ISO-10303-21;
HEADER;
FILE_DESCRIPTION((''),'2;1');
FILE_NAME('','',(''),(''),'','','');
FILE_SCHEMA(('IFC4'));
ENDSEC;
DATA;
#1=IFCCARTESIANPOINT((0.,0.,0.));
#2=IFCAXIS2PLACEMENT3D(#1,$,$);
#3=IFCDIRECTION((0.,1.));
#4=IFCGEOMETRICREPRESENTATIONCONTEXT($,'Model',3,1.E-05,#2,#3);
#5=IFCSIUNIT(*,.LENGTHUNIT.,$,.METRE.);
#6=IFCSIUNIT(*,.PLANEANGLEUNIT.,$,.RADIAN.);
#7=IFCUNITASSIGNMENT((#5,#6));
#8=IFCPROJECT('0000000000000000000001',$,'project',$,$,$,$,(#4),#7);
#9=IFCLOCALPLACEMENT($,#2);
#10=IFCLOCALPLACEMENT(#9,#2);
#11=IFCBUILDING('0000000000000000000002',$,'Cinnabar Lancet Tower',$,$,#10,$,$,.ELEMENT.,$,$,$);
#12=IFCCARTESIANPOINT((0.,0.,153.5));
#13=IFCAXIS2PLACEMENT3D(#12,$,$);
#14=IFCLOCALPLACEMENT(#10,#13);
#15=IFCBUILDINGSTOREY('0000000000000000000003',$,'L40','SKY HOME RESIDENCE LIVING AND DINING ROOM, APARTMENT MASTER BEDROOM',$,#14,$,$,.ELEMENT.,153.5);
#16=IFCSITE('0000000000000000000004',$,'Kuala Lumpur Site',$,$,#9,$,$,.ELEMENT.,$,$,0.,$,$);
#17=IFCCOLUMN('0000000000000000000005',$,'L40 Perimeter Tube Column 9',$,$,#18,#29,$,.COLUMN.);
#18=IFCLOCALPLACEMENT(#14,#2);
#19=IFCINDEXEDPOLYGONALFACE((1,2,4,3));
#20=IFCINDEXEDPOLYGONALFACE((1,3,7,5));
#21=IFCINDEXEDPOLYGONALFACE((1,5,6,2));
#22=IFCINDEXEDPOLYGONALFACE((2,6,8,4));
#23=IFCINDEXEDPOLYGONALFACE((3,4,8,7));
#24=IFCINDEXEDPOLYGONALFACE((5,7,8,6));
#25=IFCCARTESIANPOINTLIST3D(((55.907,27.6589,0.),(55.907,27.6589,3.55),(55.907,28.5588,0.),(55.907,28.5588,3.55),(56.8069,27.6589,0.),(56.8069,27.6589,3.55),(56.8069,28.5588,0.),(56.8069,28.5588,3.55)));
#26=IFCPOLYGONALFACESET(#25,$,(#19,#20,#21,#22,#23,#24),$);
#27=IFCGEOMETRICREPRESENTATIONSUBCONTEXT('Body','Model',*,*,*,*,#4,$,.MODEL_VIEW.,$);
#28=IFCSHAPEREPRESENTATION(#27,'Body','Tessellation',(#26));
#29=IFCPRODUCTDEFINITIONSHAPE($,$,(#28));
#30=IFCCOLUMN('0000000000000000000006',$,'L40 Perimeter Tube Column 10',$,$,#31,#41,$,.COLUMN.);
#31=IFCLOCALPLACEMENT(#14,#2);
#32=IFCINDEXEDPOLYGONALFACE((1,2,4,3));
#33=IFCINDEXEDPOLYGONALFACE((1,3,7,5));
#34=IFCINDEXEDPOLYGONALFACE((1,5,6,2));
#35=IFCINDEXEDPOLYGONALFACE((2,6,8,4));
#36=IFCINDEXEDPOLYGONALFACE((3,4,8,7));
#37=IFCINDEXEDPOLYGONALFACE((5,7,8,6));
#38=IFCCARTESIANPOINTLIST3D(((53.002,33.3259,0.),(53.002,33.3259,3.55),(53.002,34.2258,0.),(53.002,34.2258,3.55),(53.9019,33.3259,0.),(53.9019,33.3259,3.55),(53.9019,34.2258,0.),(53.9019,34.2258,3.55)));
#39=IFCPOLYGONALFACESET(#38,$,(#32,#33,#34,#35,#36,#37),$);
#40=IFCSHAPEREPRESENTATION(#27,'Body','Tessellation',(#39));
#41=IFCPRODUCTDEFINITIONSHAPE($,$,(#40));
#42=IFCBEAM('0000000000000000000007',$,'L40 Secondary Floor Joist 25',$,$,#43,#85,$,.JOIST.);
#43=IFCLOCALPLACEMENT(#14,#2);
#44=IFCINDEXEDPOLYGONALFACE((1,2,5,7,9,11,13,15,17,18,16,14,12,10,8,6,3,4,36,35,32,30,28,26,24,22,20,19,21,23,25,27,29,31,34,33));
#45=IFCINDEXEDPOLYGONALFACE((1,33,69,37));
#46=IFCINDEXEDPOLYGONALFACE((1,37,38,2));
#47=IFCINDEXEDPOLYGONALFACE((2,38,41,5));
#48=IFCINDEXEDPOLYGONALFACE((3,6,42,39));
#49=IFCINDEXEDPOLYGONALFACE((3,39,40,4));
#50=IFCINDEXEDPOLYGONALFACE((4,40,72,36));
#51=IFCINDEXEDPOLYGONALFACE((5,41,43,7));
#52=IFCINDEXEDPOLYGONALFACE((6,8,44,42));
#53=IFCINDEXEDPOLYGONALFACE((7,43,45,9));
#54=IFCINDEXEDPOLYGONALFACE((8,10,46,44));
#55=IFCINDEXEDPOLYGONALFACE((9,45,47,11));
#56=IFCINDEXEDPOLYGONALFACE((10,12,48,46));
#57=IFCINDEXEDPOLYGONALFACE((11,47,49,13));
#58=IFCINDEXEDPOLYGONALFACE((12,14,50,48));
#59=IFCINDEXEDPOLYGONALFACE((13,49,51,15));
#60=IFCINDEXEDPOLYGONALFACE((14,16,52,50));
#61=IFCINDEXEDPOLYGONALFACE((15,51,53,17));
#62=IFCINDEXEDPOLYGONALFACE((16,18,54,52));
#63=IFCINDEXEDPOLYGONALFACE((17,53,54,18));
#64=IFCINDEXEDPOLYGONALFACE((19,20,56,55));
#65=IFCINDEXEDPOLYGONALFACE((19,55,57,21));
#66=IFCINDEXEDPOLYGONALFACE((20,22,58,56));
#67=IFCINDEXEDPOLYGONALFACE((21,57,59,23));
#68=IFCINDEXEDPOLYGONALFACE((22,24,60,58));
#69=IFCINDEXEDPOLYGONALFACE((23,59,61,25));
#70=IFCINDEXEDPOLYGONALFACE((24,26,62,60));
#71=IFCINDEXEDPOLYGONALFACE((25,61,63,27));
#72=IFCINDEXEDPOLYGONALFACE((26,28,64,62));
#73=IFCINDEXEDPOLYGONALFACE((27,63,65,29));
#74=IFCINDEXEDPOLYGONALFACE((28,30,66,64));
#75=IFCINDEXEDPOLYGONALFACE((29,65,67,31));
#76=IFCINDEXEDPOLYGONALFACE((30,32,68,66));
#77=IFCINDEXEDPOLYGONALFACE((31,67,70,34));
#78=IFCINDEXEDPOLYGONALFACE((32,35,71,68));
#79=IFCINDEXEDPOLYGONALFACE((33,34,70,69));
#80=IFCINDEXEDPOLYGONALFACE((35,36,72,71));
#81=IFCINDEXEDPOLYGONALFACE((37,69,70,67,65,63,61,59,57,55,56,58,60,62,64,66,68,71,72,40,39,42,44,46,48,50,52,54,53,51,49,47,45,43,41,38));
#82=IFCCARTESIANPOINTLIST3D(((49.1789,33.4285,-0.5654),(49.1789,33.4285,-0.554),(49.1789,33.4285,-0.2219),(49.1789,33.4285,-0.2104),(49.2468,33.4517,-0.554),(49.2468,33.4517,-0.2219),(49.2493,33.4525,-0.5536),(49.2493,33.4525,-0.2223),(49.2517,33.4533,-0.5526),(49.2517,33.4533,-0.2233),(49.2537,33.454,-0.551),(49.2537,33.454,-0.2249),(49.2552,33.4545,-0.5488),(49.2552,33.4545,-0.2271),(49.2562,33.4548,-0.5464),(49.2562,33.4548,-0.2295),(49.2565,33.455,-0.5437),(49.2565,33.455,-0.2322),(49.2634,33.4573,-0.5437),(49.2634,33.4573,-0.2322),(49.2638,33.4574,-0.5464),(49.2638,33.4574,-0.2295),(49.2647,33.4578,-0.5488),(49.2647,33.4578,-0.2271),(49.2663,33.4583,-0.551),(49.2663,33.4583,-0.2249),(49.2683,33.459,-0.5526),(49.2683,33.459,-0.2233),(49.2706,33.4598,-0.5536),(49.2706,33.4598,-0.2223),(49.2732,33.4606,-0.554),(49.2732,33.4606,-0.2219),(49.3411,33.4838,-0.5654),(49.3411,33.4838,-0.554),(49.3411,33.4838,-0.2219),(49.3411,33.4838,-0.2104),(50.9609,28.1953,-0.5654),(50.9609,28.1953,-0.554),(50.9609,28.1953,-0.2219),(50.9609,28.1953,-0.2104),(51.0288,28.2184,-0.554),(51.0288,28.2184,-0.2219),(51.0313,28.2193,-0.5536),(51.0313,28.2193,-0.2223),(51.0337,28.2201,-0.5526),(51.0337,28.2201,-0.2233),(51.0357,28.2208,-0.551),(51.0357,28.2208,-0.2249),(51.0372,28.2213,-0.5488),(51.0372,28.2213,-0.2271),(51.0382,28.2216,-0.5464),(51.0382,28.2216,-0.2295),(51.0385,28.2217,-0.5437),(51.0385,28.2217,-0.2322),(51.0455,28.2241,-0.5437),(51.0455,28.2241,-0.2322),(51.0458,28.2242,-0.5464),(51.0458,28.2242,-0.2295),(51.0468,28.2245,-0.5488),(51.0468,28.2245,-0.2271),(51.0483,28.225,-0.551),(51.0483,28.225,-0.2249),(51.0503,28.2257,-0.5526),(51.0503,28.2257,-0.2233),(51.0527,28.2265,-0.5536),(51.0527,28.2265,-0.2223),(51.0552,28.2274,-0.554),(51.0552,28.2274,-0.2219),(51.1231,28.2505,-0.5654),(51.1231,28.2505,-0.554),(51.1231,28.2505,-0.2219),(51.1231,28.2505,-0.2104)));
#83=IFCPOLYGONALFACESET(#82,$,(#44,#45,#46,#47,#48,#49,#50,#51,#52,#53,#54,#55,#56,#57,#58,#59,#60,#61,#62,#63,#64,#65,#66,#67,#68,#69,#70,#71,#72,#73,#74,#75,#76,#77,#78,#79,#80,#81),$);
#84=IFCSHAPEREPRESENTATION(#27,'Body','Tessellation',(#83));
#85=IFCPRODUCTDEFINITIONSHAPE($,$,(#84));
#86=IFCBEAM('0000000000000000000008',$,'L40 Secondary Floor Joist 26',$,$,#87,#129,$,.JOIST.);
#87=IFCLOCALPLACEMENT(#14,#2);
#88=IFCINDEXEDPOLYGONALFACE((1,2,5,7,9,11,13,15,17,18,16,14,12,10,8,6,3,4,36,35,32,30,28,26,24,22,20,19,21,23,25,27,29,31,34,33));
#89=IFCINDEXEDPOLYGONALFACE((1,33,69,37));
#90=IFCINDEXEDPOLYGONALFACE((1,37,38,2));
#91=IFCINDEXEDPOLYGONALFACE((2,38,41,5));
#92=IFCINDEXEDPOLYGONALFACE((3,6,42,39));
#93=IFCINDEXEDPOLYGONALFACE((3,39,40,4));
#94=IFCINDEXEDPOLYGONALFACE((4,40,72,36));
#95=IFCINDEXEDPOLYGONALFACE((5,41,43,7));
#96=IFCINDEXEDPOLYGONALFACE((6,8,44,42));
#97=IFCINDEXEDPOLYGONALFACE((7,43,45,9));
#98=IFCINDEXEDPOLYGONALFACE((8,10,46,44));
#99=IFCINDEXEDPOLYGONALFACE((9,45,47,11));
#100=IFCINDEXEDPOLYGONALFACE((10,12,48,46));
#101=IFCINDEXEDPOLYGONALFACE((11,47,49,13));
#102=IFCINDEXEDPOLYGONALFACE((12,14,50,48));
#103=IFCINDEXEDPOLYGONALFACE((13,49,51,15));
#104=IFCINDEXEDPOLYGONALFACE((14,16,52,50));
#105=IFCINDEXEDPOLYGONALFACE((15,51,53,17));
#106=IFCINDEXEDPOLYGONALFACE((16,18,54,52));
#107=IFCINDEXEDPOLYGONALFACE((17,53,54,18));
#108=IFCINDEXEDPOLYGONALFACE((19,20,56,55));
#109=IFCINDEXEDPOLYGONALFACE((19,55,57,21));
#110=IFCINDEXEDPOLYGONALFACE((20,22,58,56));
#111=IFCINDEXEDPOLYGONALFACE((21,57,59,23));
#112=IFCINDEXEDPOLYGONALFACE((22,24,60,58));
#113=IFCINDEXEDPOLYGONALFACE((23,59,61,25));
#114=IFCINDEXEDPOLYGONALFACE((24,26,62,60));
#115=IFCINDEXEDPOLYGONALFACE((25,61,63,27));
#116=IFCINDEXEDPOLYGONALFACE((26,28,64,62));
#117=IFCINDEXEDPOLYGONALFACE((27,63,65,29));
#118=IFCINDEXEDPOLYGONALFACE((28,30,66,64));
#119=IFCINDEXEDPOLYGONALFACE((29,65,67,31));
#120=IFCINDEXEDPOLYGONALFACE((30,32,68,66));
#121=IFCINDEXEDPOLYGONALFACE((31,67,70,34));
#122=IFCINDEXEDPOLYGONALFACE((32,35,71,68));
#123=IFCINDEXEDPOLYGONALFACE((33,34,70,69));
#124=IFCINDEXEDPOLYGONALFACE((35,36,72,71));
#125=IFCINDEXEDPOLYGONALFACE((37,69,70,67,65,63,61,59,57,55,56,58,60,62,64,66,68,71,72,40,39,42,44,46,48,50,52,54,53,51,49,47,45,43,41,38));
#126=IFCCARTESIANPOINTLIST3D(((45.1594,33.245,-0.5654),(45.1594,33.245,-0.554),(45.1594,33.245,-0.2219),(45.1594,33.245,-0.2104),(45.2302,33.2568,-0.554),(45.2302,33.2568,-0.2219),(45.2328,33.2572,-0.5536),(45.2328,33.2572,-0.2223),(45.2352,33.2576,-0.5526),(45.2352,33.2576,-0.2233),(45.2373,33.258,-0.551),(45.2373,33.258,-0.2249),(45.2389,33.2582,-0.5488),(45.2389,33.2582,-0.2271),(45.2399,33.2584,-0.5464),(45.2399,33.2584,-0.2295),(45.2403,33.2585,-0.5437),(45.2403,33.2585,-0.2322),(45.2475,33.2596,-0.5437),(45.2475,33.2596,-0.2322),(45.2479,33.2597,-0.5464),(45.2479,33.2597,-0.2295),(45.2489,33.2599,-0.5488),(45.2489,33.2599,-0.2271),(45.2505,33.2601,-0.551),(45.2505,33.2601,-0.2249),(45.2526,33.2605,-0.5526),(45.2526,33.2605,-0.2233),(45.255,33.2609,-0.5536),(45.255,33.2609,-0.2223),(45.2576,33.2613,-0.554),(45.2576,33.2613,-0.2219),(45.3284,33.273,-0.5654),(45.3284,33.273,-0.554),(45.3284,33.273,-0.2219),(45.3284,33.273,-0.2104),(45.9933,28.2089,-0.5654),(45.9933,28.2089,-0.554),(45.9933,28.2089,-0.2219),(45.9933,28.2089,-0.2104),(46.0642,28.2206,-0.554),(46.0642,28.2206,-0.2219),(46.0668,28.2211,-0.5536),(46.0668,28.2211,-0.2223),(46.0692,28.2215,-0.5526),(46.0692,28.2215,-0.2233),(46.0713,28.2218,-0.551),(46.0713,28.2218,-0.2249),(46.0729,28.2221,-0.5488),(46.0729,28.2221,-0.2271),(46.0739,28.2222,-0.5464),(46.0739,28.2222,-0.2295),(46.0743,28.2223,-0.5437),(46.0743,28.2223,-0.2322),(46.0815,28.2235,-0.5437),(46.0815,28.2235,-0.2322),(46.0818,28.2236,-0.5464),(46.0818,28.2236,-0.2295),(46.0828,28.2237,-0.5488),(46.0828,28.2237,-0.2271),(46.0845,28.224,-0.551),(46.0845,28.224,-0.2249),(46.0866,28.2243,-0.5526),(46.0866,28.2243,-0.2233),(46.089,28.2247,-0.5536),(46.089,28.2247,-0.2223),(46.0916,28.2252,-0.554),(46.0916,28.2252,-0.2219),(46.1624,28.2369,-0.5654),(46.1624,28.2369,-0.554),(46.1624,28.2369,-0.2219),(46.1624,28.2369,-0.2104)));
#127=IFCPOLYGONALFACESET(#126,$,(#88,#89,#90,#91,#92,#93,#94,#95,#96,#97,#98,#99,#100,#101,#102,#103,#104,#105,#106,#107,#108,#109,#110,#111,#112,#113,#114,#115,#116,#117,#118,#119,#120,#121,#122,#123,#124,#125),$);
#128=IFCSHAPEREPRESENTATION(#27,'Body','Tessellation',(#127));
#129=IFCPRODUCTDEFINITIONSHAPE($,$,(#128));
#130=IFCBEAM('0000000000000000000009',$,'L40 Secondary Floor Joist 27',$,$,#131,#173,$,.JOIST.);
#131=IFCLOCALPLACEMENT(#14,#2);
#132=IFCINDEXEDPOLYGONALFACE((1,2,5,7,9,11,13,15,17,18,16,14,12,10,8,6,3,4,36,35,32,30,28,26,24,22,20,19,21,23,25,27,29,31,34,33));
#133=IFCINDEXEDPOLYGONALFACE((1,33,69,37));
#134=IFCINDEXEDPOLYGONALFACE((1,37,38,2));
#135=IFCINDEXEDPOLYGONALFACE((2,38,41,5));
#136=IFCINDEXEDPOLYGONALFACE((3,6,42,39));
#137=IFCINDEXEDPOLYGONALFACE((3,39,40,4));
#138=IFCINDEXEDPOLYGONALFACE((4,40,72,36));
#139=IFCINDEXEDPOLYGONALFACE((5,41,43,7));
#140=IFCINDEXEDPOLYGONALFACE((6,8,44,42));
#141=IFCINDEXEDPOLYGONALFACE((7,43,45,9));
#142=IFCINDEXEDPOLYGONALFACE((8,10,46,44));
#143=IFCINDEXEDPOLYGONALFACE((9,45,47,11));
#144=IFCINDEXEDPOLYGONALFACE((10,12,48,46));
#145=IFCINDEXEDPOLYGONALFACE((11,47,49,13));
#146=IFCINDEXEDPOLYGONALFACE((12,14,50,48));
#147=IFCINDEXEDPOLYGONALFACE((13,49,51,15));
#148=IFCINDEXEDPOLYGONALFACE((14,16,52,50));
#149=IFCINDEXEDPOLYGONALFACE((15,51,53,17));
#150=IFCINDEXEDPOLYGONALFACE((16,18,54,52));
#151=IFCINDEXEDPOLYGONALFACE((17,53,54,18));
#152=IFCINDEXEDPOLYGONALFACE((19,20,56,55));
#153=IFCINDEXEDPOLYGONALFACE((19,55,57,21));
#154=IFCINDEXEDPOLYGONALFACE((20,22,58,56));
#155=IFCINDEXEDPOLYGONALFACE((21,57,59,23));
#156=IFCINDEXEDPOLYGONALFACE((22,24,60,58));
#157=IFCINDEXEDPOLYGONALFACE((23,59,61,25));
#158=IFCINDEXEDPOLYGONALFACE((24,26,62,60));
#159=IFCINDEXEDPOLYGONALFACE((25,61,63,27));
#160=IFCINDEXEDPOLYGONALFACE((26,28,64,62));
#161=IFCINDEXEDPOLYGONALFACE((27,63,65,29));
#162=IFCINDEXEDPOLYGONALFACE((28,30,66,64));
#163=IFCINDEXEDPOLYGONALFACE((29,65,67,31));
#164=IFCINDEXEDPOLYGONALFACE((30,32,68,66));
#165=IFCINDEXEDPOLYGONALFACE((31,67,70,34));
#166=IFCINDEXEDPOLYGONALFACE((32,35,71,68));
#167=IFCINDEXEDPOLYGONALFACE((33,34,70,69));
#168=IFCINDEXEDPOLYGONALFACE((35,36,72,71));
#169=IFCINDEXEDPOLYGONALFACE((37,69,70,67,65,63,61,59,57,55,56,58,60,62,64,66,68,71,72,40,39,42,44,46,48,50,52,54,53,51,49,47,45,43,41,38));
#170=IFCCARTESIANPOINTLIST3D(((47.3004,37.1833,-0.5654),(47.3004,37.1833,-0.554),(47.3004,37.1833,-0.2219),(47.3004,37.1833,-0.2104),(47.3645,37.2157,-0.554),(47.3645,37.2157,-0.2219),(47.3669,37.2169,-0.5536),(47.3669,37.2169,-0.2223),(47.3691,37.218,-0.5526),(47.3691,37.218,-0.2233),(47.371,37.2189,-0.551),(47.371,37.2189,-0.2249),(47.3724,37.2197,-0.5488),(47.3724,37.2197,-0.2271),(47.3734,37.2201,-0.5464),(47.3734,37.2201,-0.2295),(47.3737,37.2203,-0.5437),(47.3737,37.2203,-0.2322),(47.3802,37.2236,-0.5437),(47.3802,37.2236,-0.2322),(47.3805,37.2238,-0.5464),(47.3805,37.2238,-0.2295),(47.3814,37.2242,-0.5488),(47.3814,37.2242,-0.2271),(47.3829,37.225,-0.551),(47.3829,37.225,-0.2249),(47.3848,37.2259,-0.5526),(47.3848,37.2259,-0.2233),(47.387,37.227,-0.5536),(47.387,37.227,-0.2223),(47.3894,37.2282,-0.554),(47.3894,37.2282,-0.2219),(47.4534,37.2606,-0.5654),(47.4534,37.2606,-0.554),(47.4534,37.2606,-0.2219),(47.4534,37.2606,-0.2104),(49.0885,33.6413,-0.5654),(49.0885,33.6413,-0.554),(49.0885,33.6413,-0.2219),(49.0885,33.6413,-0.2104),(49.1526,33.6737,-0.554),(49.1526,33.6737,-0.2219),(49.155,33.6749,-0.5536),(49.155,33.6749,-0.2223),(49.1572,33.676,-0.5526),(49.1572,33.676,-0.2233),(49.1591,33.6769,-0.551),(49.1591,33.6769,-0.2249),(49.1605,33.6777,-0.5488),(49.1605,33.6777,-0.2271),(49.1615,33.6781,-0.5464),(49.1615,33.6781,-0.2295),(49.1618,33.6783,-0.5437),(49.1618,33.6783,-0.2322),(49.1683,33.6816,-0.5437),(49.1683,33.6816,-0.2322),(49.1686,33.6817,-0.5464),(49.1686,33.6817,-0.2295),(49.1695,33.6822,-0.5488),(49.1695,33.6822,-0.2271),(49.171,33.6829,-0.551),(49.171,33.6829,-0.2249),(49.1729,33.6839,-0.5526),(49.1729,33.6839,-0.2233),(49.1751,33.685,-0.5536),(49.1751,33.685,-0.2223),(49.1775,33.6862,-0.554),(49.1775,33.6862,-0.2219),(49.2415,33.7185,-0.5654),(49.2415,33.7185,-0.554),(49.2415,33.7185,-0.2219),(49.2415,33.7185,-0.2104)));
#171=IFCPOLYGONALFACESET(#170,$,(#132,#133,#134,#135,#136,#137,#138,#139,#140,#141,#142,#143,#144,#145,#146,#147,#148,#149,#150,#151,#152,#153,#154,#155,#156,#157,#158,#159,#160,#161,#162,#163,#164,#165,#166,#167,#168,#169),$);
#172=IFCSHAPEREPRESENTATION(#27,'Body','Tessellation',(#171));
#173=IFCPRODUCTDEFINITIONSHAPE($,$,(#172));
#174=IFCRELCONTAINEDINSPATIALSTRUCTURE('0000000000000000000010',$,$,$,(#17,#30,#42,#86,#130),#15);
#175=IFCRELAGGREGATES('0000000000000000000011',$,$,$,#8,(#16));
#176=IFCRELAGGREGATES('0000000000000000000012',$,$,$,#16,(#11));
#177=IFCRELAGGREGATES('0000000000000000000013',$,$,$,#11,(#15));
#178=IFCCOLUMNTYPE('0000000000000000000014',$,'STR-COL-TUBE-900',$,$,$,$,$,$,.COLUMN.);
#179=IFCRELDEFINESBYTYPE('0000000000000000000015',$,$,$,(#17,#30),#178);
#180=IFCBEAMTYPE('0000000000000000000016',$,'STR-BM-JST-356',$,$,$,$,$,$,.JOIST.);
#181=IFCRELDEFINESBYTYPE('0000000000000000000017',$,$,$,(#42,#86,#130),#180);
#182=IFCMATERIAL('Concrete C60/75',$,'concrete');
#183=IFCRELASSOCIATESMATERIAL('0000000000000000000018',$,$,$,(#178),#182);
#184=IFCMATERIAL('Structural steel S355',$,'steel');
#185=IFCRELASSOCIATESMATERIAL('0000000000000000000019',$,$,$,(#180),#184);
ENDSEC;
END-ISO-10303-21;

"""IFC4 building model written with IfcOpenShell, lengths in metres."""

from ifc_helpers import new_model, si_unit, direction, frame, origin, origin_2d, place, context, subcontext, project, spatial, rectangle, i_section, extrude, material, material_profile, profile_set, type_object, element, save


model = new_model("IFC4")

# Units and contexts
model_context = context("Model", 3, precision=1e-05, world=origin(), true_north=direction((0.0, 1.0)))
body_context = subcontext(model_context, "Body", "Model", "MODEL_VIEW")
ifc_project = project(units=[si_unit("LENGTHUNIT", "METRE"), si_unit("PLANEANGLEUNIT", "RADIAN")], contexts=[model_context])

# Site, building, storey
site_placement = place(None, origin())
site = spatial("IfcSite", under=ifc_project, at=site_placement, Name="Kuala Lumpur Site", CompositionType="ELEMENT", RefElevation=0.0)
building_placement = place(site_placement, origin())
building = spatial("IfcBuilding", under=site, at=building_placement, Name="Cinnabar Lancet Tower", CompositionType="ELEMENT")
storey_placement = place(building_placement, frame((0.0, 0.0, 153.5)))
storey = spatial("IfcBuildingStorey", under=building, at=storey_placement, Name="L40", Description="SKY HOME RESIDENCE LIVING AND DINING ROOM, APARTMENT MASTER BEDROOM", CompositionType="ELEMENT", Elevation=153.5)

# Columns
ifc_material_1 = material(Name="Concrete C60/75", Category="concrete")
ifc_material_profile_1 = material_profile(ifc_material_1, rectangle(XDim=0.8999, YDim=0.8999, at=origin_2d()), Name="RC-COL 900x900")
ifc_profile_set_1 = profile_set([ifc_material_profile_1], Name="Concrete C60/75")
column_type = type_object("IfcColumnType", Name="STR-COL-TUBE-900", PredefinedType="COLUMN", material=ifc_profile_set_1)
for number, where, z_axis, x_axis, name in (
    (1, (56.3569, 28.1089, 0.0), (0.0, 0.0, 1.0), (1.0, 0.0, 0.0), "L40 Perimeter Tube Column 9"),
    (2, (53.4519, 33.7759, 0.0), (0.0, 0.0, 1.0), (1.0, 0.0, 0.0), "L40 Perimeter Tube Column 10"),
):
    element("IfcColumn", number, at=place(storey_placement, frame(where, z_axis=z_axis, x_axis=x_axis)), inside=storey, type_object=column_type, Name=name, PredefinedType="COLUMN", context=body_context, shape_type="SweptSolid", body=[
        extrude(rectangle(XDim=0.8999, YDim=0.8999, at=origin_2d()), origin(), (0.0, 0.0, 1.0), 3.55),
    ])

# Beams
ifc_material_2 = material(Name="Structural steel S355", Category="steel")
ifc_material_profile_2 = material_profile(ifc_material_2, i_section(OverallWidth=0.1714, OverallDepth=0.355, WebThickness=0.0073, FlangeThickness=0.0115, FilletRadius=0.0103, at=origin_2d()), Name="UKB 356x171x51")
ifc_profile_set_2 = profile_set([ifc_material_profile_2], Name="Structural steel S355")
beam_type_1 = type_object("IfcBeamType", Name="STR-BM-JST-356", PredefinedType="JOIST", material=ifc_profile_set_2)
beam_1_placement = place(storey_placement, frame((51.042, 28.2229, -0.3879), z_axis=(-0.322342, 0.946623, 0.0), x_axis=(-0.946623, -0.322342, 0.0)))
element("IfcBeam", 3, at=beam_1_placement, inside=storey, type_object=beam_type_1, Name="L40 Secondary Floor Joist 25", PredefinedType="JOIST", context=body_context, shape_type="SweptSolid", body=[
    extrude(i_section(OverallWidth=0.1714, OverallDepth=0.355, WebThickness=0.0073, FlangeThickness=0.0115, FilletRadius=0.0103, at=origin_2d()), origin(), (0.0, 0.0, 1.0), 5.5283),
])
beam_2_placement = place(storey_placement, frame((46.0779, 28.2229, -0.3879), z_axis=(-0.163375, 0.986564, 0.0), x_axis=(-0.986564, -0.163375, 0.0)))
element("IfcBeam", 4, at=beam_2_placement, inside=storey, type_object=beam_type_1, Name="L40 Secondary Floor Joist 26", PredefinedType="JOIST", context=body_context, shape_type="SweptSolid", body=[
    extrude(i_section(OverallWidth=0.1714, OverallDepth=0.355, WebThickness=0.0073, FlangeThickness=0.0115, FilletRadius=0.0103, at=origin_2d()), origin(), (0.0, 0.0, 1.0), 5.1047),
])
beam_3_placement = place(storey_placement, frame((49.165, 33.6799, -0.3879), z_axis=(-0.450656, 0.892698, 0.0), x_axis=(-0.892698, -0.450656, 0.0)))
element("IfcBeam", 5, at=beam_3_placement, inside=storey, type_object=beam_type_1, Name="L40 Secondary Floor Joist 27", PredefinedType="JOIST", context=body_context, shape_type="SweptSolid", body=[
    extrude(i_section(OverallWidth=0.1714, OverallDepth=0.355, WebThickness=0.0073, FlangeThickness=0.0115, FilletRadius=0.0103, at=origin_2d()), origin(), (0.0, 0.0, 1.0), 3.9678),
])

save(model, "model.ifc")
